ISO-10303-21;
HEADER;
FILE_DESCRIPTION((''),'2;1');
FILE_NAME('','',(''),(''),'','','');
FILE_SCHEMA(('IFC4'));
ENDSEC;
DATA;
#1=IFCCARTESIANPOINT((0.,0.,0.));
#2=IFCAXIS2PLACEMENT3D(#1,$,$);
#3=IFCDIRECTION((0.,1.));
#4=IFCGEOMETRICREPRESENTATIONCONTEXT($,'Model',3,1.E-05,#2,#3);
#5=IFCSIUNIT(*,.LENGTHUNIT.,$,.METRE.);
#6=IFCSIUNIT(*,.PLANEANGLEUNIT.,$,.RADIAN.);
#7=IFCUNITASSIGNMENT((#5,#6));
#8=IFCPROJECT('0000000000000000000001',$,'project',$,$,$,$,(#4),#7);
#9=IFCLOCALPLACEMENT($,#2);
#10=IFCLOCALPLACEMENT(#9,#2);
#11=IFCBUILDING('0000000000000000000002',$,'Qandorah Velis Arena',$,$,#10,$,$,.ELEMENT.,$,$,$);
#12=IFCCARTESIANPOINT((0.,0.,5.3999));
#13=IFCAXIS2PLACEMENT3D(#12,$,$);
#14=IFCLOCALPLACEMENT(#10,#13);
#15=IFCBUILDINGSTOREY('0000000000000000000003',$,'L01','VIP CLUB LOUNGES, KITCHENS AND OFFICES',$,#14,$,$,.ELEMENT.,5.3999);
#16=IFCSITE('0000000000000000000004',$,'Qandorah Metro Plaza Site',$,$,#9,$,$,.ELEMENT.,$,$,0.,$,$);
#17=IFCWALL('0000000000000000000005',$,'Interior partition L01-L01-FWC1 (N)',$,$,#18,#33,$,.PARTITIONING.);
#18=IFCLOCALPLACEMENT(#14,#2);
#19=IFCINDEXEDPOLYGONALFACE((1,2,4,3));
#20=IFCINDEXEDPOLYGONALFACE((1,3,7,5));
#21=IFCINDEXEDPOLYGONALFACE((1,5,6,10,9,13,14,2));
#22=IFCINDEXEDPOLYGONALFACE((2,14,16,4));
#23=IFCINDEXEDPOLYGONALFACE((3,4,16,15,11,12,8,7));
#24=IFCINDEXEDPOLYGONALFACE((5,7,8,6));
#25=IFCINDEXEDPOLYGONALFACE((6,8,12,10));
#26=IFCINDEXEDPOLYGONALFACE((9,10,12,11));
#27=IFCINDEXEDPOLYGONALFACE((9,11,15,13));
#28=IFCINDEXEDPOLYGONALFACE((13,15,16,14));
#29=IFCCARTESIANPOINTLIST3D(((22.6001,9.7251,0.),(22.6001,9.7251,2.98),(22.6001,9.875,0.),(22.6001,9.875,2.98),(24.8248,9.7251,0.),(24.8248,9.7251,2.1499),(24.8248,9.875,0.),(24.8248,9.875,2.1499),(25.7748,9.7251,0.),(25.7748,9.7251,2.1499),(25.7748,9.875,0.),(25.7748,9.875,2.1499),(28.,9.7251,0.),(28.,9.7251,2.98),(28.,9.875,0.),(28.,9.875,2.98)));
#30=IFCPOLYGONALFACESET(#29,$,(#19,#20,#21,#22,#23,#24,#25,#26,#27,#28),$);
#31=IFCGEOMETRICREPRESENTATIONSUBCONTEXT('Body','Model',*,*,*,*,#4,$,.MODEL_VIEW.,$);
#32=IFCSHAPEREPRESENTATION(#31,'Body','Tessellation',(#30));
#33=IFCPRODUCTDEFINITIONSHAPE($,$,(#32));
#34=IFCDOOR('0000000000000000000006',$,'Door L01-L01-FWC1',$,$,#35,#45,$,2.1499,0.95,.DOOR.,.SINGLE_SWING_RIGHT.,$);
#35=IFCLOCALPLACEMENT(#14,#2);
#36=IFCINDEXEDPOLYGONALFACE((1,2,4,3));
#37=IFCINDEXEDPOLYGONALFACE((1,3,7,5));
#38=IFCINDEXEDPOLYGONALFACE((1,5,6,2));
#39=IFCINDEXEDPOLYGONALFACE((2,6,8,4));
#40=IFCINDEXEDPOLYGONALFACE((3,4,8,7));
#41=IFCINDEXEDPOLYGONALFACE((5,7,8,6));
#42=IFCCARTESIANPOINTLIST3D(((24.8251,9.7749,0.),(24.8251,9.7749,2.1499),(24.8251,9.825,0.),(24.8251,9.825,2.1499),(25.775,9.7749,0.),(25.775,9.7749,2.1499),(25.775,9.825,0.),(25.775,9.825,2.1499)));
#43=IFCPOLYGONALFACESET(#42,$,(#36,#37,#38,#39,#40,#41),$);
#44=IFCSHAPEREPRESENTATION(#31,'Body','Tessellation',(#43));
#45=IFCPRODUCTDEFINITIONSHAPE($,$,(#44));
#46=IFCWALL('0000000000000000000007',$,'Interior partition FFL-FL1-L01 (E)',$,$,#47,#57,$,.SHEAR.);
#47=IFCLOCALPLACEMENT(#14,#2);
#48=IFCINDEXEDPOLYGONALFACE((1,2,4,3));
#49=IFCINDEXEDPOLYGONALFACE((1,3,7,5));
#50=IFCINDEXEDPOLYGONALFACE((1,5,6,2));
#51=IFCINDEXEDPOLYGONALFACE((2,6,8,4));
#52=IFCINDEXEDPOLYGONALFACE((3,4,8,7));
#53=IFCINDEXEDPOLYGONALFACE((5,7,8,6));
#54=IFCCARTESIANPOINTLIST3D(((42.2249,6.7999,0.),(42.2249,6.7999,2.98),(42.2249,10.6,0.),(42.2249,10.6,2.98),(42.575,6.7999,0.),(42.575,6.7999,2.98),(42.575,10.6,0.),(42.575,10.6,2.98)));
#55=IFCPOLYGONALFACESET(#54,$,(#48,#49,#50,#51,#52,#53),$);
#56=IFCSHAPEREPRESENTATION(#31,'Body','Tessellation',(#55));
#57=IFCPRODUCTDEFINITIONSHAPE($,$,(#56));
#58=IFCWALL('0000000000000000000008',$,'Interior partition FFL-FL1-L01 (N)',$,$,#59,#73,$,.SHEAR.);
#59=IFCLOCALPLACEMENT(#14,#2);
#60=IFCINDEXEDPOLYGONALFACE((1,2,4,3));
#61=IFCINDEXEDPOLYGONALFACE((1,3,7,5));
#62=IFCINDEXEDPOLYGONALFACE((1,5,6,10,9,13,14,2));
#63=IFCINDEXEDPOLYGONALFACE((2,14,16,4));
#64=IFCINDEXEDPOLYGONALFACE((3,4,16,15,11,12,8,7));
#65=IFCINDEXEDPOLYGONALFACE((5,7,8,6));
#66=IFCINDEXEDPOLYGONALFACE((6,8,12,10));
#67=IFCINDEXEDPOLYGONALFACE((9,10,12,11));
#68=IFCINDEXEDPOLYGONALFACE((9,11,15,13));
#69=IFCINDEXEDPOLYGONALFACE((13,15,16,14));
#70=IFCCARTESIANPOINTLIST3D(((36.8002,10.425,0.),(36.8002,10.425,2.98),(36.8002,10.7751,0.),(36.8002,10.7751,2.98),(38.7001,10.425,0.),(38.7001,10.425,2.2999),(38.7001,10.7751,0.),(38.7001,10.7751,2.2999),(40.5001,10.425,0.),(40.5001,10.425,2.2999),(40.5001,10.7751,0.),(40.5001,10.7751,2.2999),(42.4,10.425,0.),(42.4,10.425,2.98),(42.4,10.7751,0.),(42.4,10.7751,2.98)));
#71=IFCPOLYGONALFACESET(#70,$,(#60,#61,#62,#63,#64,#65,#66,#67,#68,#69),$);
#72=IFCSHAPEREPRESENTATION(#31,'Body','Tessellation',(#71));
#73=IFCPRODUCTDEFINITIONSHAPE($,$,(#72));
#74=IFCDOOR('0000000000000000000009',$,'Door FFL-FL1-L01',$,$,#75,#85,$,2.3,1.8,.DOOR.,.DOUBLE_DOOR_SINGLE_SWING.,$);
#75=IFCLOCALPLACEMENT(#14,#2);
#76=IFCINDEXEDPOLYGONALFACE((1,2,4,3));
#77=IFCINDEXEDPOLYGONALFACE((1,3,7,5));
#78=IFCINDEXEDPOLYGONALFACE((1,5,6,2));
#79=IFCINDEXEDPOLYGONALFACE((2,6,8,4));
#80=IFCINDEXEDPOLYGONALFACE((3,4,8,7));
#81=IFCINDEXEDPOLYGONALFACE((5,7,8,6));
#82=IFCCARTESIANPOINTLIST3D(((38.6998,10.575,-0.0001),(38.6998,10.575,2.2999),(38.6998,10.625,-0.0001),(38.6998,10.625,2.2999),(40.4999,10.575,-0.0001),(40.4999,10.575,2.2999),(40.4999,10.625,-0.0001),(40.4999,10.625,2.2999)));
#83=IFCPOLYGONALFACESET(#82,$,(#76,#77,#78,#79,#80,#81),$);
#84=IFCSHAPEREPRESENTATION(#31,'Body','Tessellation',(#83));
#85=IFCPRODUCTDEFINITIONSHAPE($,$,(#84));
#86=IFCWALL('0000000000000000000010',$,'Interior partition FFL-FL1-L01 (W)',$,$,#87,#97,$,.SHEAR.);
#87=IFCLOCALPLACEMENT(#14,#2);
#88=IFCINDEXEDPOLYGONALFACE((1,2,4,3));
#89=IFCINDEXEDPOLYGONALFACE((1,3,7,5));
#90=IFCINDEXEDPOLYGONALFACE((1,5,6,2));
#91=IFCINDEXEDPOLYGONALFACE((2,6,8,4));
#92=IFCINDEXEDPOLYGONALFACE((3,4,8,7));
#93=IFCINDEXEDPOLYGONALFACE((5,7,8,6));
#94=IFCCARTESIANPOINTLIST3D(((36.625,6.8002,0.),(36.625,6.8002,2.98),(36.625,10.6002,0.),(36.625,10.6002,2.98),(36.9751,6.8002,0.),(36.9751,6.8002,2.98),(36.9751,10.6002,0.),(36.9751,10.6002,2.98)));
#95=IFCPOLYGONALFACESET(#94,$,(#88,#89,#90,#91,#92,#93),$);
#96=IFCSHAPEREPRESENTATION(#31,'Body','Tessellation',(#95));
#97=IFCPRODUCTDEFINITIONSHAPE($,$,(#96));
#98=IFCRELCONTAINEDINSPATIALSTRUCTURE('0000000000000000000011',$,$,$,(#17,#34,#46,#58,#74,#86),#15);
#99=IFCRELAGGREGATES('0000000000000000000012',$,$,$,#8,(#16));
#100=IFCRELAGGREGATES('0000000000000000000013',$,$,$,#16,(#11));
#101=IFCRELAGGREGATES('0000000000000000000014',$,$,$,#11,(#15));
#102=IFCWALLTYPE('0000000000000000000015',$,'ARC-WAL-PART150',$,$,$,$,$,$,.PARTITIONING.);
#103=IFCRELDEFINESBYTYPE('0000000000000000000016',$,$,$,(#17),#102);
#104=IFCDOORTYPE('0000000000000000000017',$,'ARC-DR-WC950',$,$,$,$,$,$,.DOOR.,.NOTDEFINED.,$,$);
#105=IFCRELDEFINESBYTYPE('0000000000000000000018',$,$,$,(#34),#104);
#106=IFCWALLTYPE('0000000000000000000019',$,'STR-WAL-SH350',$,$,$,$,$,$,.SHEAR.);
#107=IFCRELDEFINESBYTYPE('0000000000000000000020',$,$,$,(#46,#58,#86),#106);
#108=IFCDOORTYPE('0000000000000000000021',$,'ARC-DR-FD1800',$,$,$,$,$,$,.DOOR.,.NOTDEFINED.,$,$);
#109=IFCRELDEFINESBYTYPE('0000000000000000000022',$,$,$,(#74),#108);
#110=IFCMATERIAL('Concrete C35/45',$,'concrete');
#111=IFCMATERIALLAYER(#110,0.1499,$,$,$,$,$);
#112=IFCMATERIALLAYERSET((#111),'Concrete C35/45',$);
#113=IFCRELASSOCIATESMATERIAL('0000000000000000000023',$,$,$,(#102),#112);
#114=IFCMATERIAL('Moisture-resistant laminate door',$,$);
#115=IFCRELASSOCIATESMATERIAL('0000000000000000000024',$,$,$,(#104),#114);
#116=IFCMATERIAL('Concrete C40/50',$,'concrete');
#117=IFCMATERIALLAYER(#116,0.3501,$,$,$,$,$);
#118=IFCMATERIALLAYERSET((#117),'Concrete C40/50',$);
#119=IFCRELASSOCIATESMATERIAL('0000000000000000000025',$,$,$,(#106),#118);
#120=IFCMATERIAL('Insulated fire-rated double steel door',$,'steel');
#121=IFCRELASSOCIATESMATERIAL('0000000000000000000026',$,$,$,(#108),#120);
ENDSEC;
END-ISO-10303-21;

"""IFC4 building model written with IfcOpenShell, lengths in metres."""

from ifc_helpers import new_model, si_unit, direction, frame, frame_2d, origin, place, context, subcontext, project, spatial, rectangle, extrude, material, layer, layer_set, type_object, element, fill, save


model = new_model("IFC4")

# Units and contexts
model_context = context("Model", 3, precision=1e-05, world=origin(), true_north=direction((0.0, 1.0)))
body_context = subcontext(model_context, "Body", "Model", "MODEL_VIEW")
ifc_project = project(units=[si_unit("LENGTHUNIT", "METRE"), si_unit("PLANEANGLEUNIT", "RADIAN")], contexts=[model_context])

# Site, building, storey
site_placement = place(None, origin())
site = spatial("IfcSite", under=ifc_project, at=site_placement, Name="Qandorah Metro Plaza Site", CompositionType="ELEMENT", RefElevation=0.0)
building_placement = place(site_placement, origin())
building = spatial("IfcBuilding", under=site, at=building_placement, Name="Qandorah Velis Arena", CompositionType="ELEMENT")
storey_placement = place(building_placement, frame((0.0, 0.0, 5.3999)))
storey = spatial("IfcBuildingStorey", under=building, at=storey_placement, Name="L01", Description="VIP CLUB LOUNGES, KITCHENS AND OFFICES", CompositionType="ELEMENT", Elevation=5.3999)

# Shared definitions
ifc_material_1 = material(Name="Concrete C40/50", Category="concrete")

# Wall, opening, door
ifc_material_2 = material(Name="Concrete C35/45", Category="concrete")
ifc_layer_1 = layer(ifc_material_2, 0.1499)
ifc_layer_set_1 = layer_set([ifc_layer_1], Name="Concrete C35/45")
wall_type_1 = type_object("IfcWallType", Name="ARC-WAL-PART150", PredefinedType="PARTITIONING", material=ifc_layer_set_1)
wall_1_placement = place(storey_placement, frame((28.0, 9.8, 0.0), z_axis=(0.0, 0.0, 1.0), x_axis=(-1.0, 0.0, 0.0)))
wall_1 = element("IfcWall", 1, at=wall_1_placement, inside=storey, type_object=wall_type_1, Name="Interior partition L01-L01-FWC1 (N)", PredefinedType="PARTITIONING", context=body_context, shape_type="SweptSolid", body=[
    extrude(rectangle(XDim=5.3999, YDim=0.1499, at=frame_2d((2.7, 0.0))), origin(), (0.0, 0.0, 1.0), 2.98),
])
opening_1_placement = place(wall_1_placement, frame((2.2251, 0.0, 0.0)))
opening_1 = element("IfcOpeningElement", 2, at=opening_1_placement, cuts=wall_1, PredefinedType="OPENING", context=body_context, shape_type="SweptSolid", body=[
    extrude(rectangle(XDim=0.95, YDim=2.1499, at=frame_2d((0.4751, 1.075))), frame((0.0, 0.085, 0.0), z_axis=(0.0, -1.0, 0.0), x_axis=(1.0, 0.0, 0.0)), (0.0, 0.0, 1.0), 0.1699),
])
ifc_material_3 = material(Name="Moisture-resistant laminate door")
door_type_1 = type_object("IfcDoorType", Name="ARC-DR-WC950", OperationType="NOTDEFINED", PredefinedType="DOOR", material=ifc_material_3)
door_1_placement = place(opening_1_placement, frame((0.95, 0.0, 0.0), z_axis=(0.0, 0.0, 1.0), x_axis=(-1.0, 0.0, 0.0)))
door_1 = element("IfcDoor", 3, at=door_1_placement, inside=storey, type_object=door_type_1, Name="Door L01-L01-FWC1", OperationType="SINGLE_SWING_RIGHT", OverallHeight=2.1499, OverallWidth=0.95, PredefinedType="DOOR", context=body_context, shape_type="SweptSolid", body=[
    extrude(rectangle(XDim=0.95, YDim=2.1499, at=frame_2d((0.4751, 1.075))), frame((0.0, 0.0249, 0.0), z_axis=(0.0, -1.0, 0.0), x_axis=(1.0, 0.0, 0.0)), (0.0, 0.0, 1.0), 0.05),
])
fill(opening_1, door_1)

# Wall
ifc_layer_2 = layer(ifc_material_1, 0.3501)
ifc_layer_set_2 = layer_set([ifc_layer_2], Name="Concrete C40/50")
wall_type_2 = type_object("IfcWallType", Name="STR-WAL-SH350", PredefinedType="SHEAR", material=ifc_layer_set_2)
wall_2_placement = place(storey_placement, frame((42.3999, 6.8, 0.0), z_axis=(0.0, 0.0, 1.0), x_axis=(0.0, 1.0, 0.0)))
element("IfcWall", 4, at=wall_2_placement, inside=storey, type_object=wall_type_2, Name="Interior partition FFL-FL1-L01 (E)", PredefinedType="SHEAR", context=body_context, shape_type="SweptSolid", body=[
    extrude(rectangle(XDim=3.8, YDim=0.3501, at=frame_2d((1.8999, 0.0))), origin(), (0.0, 0.0, 1.0), 2.98),
])

# Wall, opening, door
wall_3_placement = place(storey_placement, frame((42.3999, 10.6001, 0.0), z_axis=(0.0, 0.0, 1.0), x_axis=(-1.0, 0.0, 0.0)))
wall_3 = element("IfcWall", 5, at=wall_3_placement, inside=storey, type_object=wall_type_2, Name="Interior partition FFL-FL1-L01 (N)", PredefinedType="SHEAR", context=body_context, shape_type="SweptSolid", body=[
    extrude(rectangle(XDim=5.5999, YDim=0.3501, at=frame_2d((2.7998, 0.0))), origin(), (0.0, 0.0, 1.0), 2.98),
])
opening_2_placement = place(wall_3_placement, frame((1.8999, 0.0, 0.0)))
opening_2 = element("IfcOpeningElement", 6, at=opening_2_placement, cuts=wall_3, PredefinedType="OPENING", context=body_context, shape_type="SweptSolid", body=[
    extrude(rectangle(XDim=1.8, YDim=2.3, at=frame_2d((0.8999, 1.1499))), frame((0.0, 0.1851, 0.0), z_axis=(0.0, -1.0, 0.0), x_axis=(1.0, 0.0, 0.0)), (0.0, 0.0, 1.0), 0.3701),
])
ifc_material_4 = material(Name="Insulated fire-rated double steel door", Category="steel")
door_type_2 = type_object("IfcDoorType", Name="ARC-DR-FD1800", OperationType="NOTDEFINED", PredefinedType="DOOR", material=ifc_material_4)
door_2_placement = place(opening_2_placement, frame((1.8, 0.0, 0.0), z_axis=(0.0, 0.0, 1.0), x_axis=(-1.0, 0.0, 0.0)))
door_2 = element("IfcDoor", 7, at=door_2_placement, inside=storey, type_object=door_type_2, Name="Door FFL-FL1-L01", OperationType="DOUBLE_DOOR_SINGLE_SWING", OverallHeight=2.3, OverallWidth=1.8, PredefinedType="DOOR", context=body_context, shape_type="SweptSolid", body=[
    extrude(rectangle(XDim=1.8, YDim=2.3, at=frame_2d((0.8999, 1.1499))), frame((0.0, 0.0249, 0.0), z_axis=(0.0, -1.0, 0.0), x_axis=(1.0, 0.0, 0.0)), (0.0, 0.0, 1.0), 0.05),
])
fill(opening_2, door_2)

# Wall
wall_4_placement = place(storey_placement, frame((36.8, 10.6001, 0.0), z_axis=(0.0, 0.0, 1.0), x_axis=(0.0, -1.0, 0.0)))
element("IfcWall", 8, at=wall_4_placement, inside=storey, type_object=wall_type_2, Name="Interior partition FFL-FL1-L01 (W)", PredefinedType="SHEAR", context=body_context, shape_type="SweptSolid", body=[
    extrude(rectangle(XDim=3.8, YDim=0.3501, at=frame_2d((1.8999, 0.0))), origin(), (0.0, 0.0, 1.0), 2.98),
])

save(model, "model.ifc")
